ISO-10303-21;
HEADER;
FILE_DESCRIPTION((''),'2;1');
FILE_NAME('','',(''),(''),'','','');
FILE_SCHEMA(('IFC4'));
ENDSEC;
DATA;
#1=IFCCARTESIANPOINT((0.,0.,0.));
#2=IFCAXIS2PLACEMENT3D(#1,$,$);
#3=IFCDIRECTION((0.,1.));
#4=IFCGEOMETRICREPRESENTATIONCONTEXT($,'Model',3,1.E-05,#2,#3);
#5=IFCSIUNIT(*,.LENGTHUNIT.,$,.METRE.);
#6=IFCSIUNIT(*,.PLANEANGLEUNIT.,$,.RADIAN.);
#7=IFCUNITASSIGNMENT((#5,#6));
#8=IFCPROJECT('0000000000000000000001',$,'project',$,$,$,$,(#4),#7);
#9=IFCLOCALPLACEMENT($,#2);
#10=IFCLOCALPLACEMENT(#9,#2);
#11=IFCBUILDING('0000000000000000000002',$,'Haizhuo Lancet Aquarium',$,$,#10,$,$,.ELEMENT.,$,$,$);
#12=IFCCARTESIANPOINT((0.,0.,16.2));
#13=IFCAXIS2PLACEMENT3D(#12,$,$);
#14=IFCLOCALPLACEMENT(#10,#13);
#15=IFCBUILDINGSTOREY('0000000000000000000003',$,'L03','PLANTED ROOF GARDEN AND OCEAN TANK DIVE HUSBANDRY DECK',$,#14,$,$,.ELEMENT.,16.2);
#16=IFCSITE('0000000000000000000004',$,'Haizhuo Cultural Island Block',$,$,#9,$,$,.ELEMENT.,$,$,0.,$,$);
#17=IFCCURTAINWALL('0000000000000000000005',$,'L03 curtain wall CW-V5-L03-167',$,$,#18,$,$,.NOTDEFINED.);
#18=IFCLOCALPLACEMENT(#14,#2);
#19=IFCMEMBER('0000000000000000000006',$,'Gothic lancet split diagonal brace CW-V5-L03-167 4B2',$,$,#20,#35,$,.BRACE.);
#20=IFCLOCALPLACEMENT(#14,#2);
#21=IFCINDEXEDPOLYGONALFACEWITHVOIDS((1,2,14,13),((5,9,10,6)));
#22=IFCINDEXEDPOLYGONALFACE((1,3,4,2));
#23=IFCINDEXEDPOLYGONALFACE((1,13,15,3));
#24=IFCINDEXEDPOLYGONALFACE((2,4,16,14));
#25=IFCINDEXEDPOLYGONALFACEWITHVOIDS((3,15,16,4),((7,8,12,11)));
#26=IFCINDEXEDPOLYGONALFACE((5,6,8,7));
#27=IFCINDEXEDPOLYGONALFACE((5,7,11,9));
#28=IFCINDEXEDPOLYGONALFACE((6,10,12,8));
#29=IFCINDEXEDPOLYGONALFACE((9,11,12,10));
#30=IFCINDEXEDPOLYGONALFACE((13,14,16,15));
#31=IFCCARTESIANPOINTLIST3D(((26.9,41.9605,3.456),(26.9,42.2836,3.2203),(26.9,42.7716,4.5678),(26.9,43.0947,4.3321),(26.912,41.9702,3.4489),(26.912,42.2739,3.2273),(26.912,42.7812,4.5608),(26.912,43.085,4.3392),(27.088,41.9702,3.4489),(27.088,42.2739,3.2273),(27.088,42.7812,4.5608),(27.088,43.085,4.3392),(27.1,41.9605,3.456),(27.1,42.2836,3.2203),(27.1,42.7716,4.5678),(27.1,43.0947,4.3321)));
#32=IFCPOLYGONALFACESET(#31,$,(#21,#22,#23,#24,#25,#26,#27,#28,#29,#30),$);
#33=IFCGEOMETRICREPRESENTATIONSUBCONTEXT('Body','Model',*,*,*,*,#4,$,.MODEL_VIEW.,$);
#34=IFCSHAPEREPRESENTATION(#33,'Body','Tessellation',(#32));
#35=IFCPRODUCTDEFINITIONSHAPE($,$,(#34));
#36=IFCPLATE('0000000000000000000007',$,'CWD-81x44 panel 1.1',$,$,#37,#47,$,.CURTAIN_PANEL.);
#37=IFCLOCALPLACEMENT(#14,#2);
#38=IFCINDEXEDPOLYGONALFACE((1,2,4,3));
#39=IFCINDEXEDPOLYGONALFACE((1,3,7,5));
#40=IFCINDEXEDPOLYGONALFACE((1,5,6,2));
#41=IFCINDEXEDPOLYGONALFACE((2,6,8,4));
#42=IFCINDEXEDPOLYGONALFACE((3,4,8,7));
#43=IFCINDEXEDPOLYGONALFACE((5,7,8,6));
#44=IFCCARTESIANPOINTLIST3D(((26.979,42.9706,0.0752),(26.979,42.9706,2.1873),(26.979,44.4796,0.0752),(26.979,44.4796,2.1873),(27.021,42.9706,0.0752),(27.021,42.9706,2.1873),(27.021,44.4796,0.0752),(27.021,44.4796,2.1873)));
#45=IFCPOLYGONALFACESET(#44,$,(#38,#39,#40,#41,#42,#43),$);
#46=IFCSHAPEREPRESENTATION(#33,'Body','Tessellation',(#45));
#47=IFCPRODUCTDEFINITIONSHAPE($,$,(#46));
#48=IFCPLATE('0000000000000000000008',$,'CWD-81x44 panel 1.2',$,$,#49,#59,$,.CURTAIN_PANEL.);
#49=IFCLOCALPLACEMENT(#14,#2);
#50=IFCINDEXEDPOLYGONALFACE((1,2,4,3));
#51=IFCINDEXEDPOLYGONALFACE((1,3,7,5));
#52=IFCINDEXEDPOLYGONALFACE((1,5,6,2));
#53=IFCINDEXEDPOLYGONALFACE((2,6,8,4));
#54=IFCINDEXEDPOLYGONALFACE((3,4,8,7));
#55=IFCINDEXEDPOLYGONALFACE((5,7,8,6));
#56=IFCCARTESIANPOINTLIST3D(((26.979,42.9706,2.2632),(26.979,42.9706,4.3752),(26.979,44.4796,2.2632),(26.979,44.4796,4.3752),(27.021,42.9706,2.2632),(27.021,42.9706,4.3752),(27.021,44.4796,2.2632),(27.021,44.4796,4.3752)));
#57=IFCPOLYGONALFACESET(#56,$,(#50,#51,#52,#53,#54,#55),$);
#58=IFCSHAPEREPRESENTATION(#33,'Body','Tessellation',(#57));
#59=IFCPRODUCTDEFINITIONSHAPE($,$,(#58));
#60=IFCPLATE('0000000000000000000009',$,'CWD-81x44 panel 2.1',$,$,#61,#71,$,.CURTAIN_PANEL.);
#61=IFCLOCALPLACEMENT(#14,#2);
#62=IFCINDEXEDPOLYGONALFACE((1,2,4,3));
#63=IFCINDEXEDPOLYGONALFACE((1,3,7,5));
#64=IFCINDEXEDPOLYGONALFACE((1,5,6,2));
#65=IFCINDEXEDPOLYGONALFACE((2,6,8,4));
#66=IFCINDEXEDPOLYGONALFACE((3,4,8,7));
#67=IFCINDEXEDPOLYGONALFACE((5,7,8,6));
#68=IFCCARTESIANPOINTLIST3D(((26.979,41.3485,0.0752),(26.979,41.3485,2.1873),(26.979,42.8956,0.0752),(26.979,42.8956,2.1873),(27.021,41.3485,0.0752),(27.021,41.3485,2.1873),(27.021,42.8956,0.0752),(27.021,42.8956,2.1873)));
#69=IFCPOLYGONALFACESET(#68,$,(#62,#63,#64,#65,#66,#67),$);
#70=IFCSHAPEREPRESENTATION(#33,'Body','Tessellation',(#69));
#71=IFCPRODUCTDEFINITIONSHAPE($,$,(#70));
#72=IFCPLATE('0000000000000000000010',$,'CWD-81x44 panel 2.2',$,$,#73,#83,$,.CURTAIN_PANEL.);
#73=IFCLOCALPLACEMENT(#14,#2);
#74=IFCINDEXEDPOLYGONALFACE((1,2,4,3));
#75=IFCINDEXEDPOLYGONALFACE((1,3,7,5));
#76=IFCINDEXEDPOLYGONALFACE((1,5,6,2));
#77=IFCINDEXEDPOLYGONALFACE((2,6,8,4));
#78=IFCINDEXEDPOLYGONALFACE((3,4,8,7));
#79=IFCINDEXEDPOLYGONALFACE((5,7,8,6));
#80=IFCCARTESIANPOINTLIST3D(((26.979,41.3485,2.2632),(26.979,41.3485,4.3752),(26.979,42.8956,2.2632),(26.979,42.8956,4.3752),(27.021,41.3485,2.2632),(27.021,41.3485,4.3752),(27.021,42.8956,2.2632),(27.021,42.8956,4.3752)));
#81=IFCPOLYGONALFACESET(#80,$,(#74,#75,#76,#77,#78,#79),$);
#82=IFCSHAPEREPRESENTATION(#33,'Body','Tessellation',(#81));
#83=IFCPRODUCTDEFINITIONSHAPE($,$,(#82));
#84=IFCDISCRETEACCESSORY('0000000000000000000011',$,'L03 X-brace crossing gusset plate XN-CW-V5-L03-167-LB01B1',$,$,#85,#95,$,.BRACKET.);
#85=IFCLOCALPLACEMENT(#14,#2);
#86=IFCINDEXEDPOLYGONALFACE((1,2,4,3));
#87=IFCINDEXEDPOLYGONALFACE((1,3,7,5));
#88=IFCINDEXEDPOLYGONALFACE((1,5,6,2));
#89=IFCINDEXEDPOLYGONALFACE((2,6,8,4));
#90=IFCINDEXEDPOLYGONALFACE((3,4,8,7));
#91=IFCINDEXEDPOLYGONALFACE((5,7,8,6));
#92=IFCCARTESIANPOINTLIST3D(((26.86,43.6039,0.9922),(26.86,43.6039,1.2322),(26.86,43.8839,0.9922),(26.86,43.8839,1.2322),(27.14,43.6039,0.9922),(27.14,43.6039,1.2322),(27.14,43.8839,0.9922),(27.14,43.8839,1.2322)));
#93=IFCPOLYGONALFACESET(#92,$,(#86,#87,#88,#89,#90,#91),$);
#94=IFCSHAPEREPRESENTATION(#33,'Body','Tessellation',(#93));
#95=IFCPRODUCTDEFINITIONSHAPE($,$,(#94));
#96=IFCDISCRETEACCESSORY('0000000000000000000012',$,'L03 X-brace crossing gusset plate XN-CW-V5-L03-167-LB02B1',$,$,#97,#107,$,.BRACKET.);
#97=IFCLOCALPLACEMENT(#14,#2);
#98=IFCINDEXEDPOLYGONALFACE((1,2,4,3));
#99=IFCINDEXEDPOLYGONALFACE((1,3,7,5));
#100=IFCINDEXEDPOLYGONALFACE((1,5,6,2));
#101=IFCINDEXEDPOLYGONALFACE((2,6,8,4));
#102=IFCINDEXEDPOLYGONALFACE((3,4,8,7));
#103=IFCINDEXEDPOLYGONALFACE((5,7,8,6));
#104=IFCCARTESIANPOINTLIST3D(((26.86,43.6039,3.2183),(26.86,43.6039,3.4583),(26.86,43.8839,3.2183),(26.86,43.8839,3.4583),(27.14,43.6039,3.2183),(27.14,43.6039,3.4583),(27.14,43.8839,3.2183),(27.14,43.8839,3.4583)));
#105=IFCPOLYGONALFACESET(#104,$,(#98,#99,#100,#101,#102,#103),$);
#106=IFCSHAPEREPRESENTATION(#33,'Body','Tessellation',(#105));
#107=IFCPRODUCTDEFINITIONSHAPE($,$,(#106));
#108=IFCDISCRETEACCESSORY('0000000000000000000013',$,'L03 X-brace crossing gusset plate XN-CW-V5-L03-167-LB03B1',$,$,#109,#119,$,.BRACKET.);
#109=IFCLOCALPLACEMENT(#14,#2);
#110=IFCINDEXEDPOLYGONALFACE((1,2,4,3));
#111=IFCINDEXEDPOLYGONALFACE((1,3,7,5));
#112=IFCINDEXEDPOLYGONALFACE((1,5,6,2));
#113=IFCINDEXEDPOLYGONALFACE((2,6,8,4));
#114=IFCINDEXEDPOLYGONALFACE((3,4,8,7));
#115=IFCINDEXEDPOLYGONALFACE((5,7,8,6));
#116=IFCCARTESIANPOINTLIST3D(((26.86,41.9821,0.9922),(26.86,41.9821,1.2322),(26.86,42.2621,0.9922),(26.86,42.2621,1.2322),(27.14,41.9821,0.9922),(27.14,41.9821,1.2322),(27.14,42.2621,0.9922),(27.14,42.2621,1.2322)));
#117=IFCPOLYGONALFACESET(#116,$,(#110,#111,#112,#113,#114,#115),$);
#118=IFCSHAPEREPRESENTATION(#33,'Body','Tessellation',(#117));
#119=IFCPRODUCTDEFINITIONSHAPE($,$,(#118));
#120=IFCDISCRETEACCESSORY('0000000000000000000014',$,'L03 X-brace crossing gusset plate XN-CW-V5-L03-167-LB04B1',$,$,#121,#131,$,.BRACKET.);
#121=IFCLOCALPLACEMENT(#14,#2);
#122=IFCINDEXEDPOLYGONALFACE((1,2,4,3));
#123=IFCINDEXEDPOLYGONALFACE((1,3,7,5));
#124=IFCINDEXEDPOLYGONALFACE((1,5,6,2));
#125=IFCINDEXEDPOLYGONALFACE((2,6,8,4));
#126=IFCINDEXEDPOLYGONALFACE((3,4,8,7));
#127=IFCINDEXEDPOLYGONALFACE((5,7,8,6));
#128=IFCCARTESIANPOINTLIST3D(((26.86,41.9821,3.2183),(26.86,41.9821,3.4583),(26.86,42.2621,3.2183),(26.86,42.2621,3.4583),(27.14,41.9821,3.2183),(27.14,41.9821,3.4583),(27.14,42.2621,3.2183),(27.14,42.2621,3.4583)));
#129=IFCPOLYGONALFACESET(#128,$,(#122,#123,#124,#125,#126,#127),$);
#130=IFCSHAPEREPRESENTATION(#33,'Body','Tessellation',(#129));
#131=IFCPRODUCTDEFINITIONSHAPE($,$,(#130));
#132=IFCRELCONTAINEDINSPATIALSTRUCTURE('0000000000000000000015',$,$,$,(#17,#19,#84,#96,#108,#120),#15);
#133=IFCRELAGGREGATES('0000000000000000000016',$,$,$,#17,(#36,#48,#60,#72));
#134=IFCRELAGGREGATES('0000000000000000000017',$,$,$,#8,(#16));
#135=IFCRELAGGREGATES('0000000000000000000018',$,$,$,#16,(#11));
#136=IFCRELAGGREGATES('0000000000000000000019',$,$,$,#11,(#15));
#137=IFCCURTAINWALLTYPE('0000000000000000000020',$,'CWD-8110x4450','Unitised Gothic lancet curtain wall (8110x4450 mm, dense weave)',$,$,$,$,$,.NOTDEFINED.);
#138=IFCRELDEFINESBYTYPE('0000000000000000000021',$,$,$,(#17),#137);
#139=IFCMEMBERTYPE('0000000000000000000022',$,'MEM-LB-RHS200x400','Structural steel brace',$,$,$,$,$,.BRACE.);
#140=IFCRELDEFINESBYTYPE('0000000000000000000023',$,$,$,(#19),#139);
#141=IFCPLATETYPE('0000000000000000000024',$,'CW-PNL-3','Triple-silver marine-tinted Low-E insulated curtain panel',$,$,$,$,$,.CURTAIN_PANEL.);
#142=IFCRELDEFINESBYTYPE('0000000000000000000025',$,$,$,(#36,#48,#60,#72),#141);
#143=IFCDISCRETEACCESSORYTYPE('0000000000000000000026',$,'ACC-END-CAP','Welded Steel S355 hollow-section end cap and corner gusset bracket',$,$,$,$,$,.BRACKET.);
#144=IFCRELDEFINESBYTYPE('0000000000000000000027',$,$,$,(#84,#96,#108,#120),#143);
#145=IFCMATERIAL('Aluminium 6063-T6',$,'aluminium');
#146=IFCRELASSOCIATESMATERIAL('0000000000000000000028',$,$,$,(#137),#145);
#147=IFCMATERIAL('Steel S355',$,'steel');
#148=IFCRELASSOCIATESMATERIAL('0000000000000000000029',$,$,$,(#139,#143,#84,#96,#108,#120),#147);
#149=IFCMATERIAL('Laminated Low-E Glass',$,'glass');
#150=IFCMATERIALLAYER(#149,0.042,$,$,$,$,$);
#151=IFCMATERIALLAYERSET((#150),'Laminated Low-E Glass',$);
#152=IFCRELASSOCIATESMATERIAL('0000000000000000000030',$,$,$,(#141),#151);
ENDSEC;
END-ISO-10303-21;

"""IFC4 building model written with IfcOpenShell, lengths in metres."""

from ifc_helpers import new_model, si_unit, direction, frame, origin, origin_2d, place, context, subcontext, project, spatial, rectangle, hollow_rectangle, extrude, material, layer, layer_set, material_profile, profile_set, type_object, element, aggregate, save


model = new_model("IFC4")

# Units and contexts
model_context = context("Model", 3, precision=1e-05, world=origin(), true_north=direction((0.0, 1.0)))
body_context = subcontext(model_context, "Body", "Model", "MODEL_VIEW")
ifc_project = project(units=[si_unit("LENGTHUNIT", "METRE"), si_unit("PLANEANGLEUNIT", "RADIAN")], contexts=[model_context])

# Site, building, storey
site_placement = place(None, origin())
site = spatial("IfcSite", under=ifc_project, at=site_placement, Name="Haizhuo Cultural Island Block", CompositionType="ELEMENT", RefElevation=0.0)
building_placement = place(site_placement, origin())
building = spatial("IfcBuilding", under=site, at=building_placement, Name="Haizhuo Lancet Aquarium", CompositionType="ELEMENT")
storey_placement = place(building_placement, frame((0.0, 0.0, 16.2)))
storey = spatial("IfcBuildingStorey", under=building, at=storey_placement, Name="L03", Description="PLANTED ROOF GARDEN AND OCEAN TANK DIVE HUSBANDRY DECK", CompositionType="ELEMENT", Elevation=16.2)

# Shared definitions
ifc_material_1 = material(Name="Aluminium 6063-T6", Category="aluminium")

# Curtain wall
curtain_wall_type_1 = type_object("IfcCurtainWallType", Name="CWD-8110x4450", Description="Unitised Gothic lancet curtain wall (8110x4450 mm, dense weave)", PredefinedType="NOTDEFINED", material=ifc_material_1)
curtain_wall_1_placement = place(storey_placement, origin())
curtain_wall_1 = element("IfcCurtainWall", 1, at=curtain_wall_1_placement, inside=storey, type_object=curtain_wall_type_1, Name="L03 curtain wall CW-V5-L03-167", PredefinedType="NOTDEFINED")

# Member
ifc_material_2 = material(Name="Steel S355", Category="steel")
ifc_material_profile_1 = material_profile(ifc_material_2, hollow_rectangle(XDim=0.2, YDim=0.3999, WallThickness=0.012, at=origin_2d()), Name="RHS 200x400x12")
ifc_profile_set_1 = profile_set([ifc_material_profile_1], Name="Steel S355")
member_type_1 = type_object("IfcMemberType", Name="MEM-LB-RHS200x400", Description="Structural steel brace", PredefinedType="BRACE", material=ifc_profile_set_1)
member_1_placement = place(storey_placement, frame((27.0, 42.1221, 3.3381), z_axis=(0.0, 0.589331, 0.807891), x_axis=(-1.0, 0.0, 0.0)))
element("IfcMember", 2, at=member_1_placement, inside=storey, type_object=member_type_1, Name="Gothic lancet split diagonal brace CW-V5-L03-167 4B2", PredefinedType="BRACE", context=body_context, shape_type="SweptSolid", body=[
    extrude(hollow_rectangle(XDim=0.2, YDim=0.3999, WallThickness=0.012, at=origin_2d()), origin(), (0.0, 0.0, 1.0), 1.3762),
])

# Plates
ifc_material_3 = material(Name="Laminated Low-E Glass", Category="glass")
ifc_layer = layer(ifc_material_3, 0.042)
ifc_layer_set = layer_set([ifc_layer], Name="Laminated Low-E Glass")
plate_type = type_object("IfcPlateType", Name="CW-PNL-3", Description="Triple-silver marine-tinted Low-E insulated curtain panel", PredefinedType="CURTAIN_PANEL", material=ifc_layer_set)
plate_1_placement = place(storey_placement, frame((27.0, 43.7251, 0.0752), z_axis=(0.0, 0.0, 1.0), x_axis=(0.0, -1.0, 0.0)))
plate_1 = element("IfcPlate", 3, at=plate_1_placement, type_object=plate_type, Name="CWD-81x44 panel 1.1", PredefinedType="CURTAIN_PANEL", context=body_context, shape_type="SweptSolid", body=[
    extrude(rectangle(XDim=1.509, YDim=0.042, at=origin_2d()), origin(), (0.0, 0.0, 1.0), 2.1121),
])
plate_2_placement = place(storey_placement, frame((27.0, 43.7251, 2.2632), z_axis=(0.0, 0.0, 1.0), x_axis=(0.0, -1.0, 0.0)))
plate_2 = element("IfcPlate", 4, at=plate_2_placement, type_object=plate_type, Name="CWD-81x44 panel 1.2", PredefinedType="CURTAIN_PANEL", context=body_context, shape_type="SweptSolid", body=[
    extrude(rectangle(XDim=1.509, YDim=0.042, at=origin_2d()), origin(), (0.0, 0.0, 1.0), 2.1121),
])
plate_3_placement = place(storey_placement, frame((27.0, 42.1221, 0.0752), z_axis=(0.0, 0.0, 1.0), x_axis=(0.0, -1.0, 0.0)))
plate_3 = element("IfcPlate", 5, at=plate_3_placement, type_object=plate_type, Name="CWD-81x44 panel 2.1", PredefinedType="CURTAIN_PANEL", context=body_context, shape_type="SweptSolid", body=[
    extrude(rectangle(XDim=1.5471, YDim=0.042, at=origin_2d()), origin(), (0.0, 0.0, 1.0), 2.1121),
])
plate_4_placement = place(storey_placement, frame((27.0, 42.1221, 2.2632), z_axis=(0.0, 0.0, 1.0), x_axis=(0.0, -1.0, 0.0)))
plate_4 = element("IfcPlate", 6, at=plate_4_placement, type_object=plate_type, Name="CWD-81x44 panel 2.2", PredefinedType="CURTAIN_PANEL", context=body_context, shape_type="SweptSolid", body=[
    extrude(rectangle(XDim=1.5471, YDim=0.042, at=origin_2d()), origin(), (0.0, 0.0, 1.0), 2.1121),
])
aggregate(curtain_wall_1, [plate_1, plate_2, plate_3, plate_4])

# Discrete accessories
discrete_accessory_type = type_object("IfcDiscreteAccessoryType", Name="ACC-END-CAP", Description="Welded Steel S355 hollow-section end cap and corner gusset bracket", PredefinedType="BRACKET", material=ifc_material_2)
for number, where, z_axis, x_axis, name in (
    (7, (27.0, 43.7439, 0.9922), (0.0, 0.0, 1.0), (1.0, 0.0, 0.0), "L03 X-brace crossing gusset plate XN-CW-V5-L03-167-LB01B1"),
    (8, (27.0, 43.7439, 3.2183), (0.0, 0.0, 1.0), (1.0, 0.0, 0.0), "L03 X-brace crossing gusset plate XN-CW-V5-L03-167-LB02B1"),
    (9, (27.0, 42.1221, 0.9922), (0.0, 0.0, 1.0), (1.0, 0.0, 0.0), "L03 X-brace crossing gusset plate XN-CW-V5-L03-167-LB03B1"),
    (10, (27.0, 42.1221, 3.2183), (0.0, 0.0, 1.0), (1.0, 0.0, 0.0), "L03 X-brace crossing gusset plate XN-CW-V5-L03-167-LB04B1"),
):
    element("IfcDiscreteAccessory", number, at=place(storey_placement, frame(where, z_axis=z_axis, x_axis=x_axis)), inside=storey, type_object=discrete_accessory_type, material=ifc_material_2, Name=name, PredefinedType="BRACKET", context=body_context, shape_type="SweptSolid", body=[
        extrude(rectangle(XDim=0.28, YDim=0.28, at=origin_2d()), origin(), (0.0, 0.0, 1.0), 0.24),
    ])

save(model, "model.ifc")
